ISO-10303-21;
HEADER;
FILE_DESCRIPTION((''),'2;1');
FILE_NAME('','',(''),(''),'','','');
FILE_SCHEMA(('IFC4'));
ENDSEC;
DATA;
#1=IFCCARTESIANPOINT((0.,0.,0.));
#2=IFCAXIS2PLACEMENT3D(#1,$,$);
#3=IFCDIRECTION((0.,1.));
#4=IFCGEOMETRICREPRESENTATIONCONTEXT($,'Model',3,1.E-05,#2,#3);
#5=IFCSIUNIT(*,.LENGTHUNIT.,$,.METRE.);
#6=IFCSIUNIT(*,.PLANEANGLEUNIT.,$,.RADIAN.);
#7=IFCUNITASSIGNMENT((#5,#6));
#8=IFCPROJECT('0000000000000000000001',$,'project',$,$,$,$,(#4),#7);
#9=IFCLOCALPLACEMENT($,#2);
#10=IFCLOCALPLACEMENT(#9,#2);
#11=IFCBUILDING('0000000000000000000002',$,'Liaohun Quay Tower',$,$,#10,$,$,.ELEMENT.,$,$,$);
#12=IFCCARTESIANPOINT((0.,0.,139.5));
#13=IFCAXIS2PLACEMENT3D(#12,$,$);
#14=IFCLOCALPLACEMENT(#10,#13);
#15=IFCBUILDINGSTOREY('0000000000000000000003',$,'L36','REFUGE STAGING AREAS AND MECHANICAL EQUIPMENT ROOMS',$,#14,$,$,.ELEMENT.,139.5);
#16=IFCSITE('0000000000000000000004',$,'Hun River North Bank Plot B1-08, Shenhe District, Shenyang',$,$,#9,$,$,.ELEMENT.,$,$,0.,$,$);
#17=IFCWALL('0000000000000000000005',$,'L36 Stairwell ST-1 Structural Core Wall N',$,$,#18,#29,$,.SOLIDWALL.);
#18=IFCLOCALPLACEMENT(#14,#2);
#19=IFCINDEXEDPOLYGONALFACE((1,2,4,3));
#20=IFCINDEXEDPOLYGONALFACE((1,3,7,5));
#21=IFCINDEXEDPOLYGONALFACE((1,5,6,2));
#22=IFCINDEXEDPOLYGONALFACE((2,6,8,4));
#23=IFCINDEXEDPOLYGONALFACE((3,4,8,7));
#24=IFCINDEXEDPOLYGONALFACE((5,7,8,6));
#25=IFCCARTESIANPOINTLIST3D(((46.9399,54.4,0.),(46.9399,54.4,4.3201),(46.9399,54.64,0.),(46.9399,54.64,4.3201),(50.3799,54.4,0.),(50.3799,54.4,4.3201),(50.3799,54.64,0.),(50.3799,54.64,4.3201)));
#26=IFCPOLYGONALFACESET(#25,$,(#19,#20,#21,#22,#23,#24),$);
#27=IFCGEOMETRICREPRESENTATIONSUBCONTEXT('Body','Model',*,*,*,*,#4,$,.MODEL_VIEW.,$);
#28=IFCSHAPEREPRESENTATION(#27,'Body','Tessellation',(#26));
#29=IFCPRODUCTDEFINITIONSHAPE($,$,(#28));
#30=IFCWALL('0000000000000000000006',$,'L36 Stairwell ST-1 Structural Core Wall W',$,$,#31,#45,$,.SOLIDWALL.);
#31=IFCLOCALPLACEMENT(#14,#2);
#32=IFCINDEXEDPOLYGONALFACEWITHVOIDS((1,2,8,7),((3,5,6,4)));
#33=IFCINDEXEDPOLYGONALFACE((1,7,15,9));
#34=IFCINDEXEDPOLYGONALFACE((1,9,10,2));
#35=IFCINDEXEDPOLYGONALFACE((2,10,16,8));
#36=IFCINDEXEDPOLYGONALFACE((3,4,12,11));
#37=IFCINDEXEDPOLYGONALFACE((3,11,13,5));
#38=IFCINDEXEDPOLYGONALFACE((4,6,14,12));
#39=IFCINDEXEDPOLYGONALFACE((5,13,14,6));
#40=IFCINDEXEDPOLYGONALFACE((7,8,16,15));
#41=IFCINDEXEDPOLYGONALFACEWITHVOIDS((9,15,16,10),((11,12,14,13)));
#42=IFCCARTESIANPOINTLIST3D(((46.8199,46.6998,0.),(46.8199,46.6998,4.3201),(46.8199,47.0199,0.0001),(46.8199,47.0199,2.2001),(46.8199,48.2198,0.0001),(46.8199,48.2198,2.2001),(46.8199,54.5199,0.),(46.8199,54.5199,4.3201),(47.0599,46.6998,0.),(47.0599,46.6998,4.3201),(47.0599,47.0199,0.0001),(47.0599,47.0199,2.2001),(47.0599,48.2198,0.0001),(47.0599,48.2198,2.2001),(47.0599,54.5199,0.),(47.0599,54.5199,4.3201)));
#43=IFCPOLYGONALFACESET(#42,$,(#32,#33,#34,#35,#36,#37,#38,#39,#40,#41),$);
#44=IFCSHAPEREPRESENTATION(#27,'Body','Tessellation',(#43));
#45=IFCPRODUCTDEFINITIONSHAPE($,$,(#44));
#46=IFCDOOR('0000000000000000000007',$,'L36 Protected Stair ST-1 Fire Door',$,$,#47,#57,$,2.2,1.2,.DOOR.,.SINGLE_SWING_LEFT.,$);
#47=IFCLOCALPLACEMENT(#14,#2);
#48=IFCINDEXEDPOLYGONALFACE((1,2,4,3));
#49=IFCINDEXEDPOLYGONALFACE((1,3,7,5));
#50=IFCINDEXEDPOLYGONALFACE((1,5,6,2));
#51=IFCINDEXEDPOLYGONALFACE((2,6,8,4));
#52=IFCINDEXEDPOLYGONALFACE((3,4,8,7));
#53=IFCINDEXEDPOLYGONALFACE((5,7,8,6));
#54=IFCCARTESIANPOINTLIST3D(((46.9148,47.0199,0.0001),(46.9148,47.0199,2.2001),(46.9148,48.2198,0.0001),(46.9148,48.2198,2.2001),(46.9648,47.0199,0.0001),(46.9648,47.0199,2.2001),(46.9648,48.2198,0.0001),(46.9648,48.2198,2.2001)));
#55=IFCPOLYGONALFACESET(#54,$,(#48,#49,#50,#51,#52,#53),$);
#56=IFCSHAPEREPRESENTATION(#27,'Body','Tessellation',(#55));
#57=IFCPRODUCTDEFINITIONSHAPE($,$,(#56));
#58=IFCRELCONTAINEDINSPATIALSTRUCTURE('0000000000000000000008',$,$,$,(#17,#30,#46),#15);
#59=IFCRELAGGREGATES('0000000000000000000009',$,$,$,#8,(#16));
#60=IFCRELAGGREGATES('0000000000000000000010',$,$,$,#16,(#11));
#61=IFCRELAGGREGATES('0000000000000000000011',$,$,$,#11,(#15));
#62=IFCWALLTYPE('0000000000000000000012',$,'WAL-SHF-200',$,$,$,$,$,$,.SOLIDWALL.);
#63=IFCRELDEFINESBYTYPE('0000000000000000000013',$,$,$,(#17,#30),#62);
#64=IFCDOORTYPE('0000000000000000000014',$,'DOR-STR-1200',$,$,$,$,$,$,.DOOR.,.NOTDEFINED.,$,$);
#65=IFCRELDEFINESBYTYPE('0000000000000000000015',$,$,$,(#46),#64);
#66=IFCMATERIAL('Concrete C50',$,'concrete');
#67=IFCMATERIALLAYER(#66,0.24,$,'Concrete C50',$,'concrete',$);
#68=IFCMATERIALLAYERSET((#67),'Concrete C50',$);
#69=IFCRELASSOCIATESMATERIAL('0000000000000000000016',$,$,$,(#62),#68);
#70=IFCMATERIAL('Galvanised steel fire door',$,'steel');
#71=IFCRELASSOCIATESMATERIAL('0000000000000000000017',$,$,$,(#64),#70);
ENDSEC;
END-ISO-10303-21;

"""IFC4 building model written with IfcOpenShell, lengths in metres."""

from ifc_helpers import new_model, si_unit, direction, frame, frame_2d, origin, place, context, subcontext, project, spatial, rectangle, extrude, source, transform, mapped, material, layer, layer_set, type_object, element, fill, save


model = new_model("IFC4")

# Units and contexts
model_context = context("Model", 3, precision=1e-05, world=origin(), true_north=direction((0.0, 1.0)))
body_context = subcontext(model_context, "Body", "Model", "MODEL_VIEW")
ifc_project = project(units=[si_unit("LENGTHUNIT", "METRE"), si_unit("PLANEANGLEUNIT", "RADIAN")], contexts=[model_context])

# Site, building, storey
site_placement = place(None, origin())
site = spatial("IfcSite", under=ifc_project, at=site_placement, Name="Hun River North Bank Plot B1-08, Shenhe District, Shenyang", CompositionType="ELEMENT", RefElevation=0.0)
building_placement = place(site_placement, origin())
building = spatial("IfcBuilding", under=site, at=building_placement, Name="Liaohun Quay Tower", CompositionType="ELEMENT")
storey_placement = place(building_placement, frame((0.0, 0.0, 139.5)))
storey = spatial("IfcBuildingStorey", under=building, at=storey_placement, Name="L36", Description="REFUGE STAGING AREAS AND MECHANICAL EQUIPMENT ROOMS", CompositionType="ELEMENT", Elevation=139.5)

# Wall
ifc_material_1 = material(Name="Concrete C50", Category="concrete")
ifc_layer_1 = layer(ifc_material_1, 0.24, Name="Concrete C50", Category="concrete")
ifc_layer_set_1 = layer_set([ifc_layer_1], Name="Concrete C50")
wall_type_1 = type_object("IfcWallType", Name="WAL-SHF-200", PredefinedType="SOLIDWALL", material=ifc_layer_set_1)
wall_1_placement = place(storey_placement, frame((50.3799, 54.52, 0.0), z_axis=(0.0, 0.0, 1.0), x_axis=(-1.0, 0.0, 0.0)))
element("IfcWall", 1, at=wall_1_placement, inside=storey, type_object=wall_type_1, Name="L36 Stairwell ST-1 Structural Core Wall N", PredefinedType="SOLIDWALL", context=body_context, shape_type="SweptSolid", body=[
    extrude(rectangle(XDim=3.4399, YDim=0.24, at=frame_2d((1.72, 0.0))), origin(), (0.0, 0.0, 1.0), 4.3201),
])

# Wall, opening, door
wall_2_placement = place(storey_placement, frame((46.9399, 54.52, 0.0), z_axis=(0.0, 0.0, 1.0), x_axis=(0.0, -1.0, 0.0)))
wall_2 = element("IfcWall", 2, at=wall_2_placement, inside=storey, type_object=wall_type_1, Name="L36 Stairwell ST-1 Structural Core Wall W", PredefinedType="SOLIDWALL", context=body_context, shape_type="SweptSolid", body=[
    extrude(rectangle(XDim=7.8201, YDim=0.24, at=frame_2d((3.9102, 0.0))), origin(), (0.0, 0.0, 1.0), 4.3201),
])
shared_shape_1 = source(origin(), body_context, "Body", "SweptSolid", [
    extrude(rectangle(XDim=1.2, YDim=2.2, at=frame_2d((0.6001, 1.1001))), frame((0.0, 0.1299, 0.0), z_axis=(0.0, -1.0, 0.0), x_axis=(1.0, 0.0, 0.0)), (0.0, 0.0, 1.0), 0.26),
])
opening_1_placement = place(wall_2_placement, frame((6.3, 0.0, 0.0)))
opening_1 = element("IfcOpeningElement", 3, at=opening_1_placement, cuts=wall_2, PredefinedType="OPENING", context=body_context, shape_type="MappedRepresentation", body=[
    mapped(shared_shape_1, transform((0.0, 0.0, 0.0), x_axis=(1.0, 0.0, 0.0), y_axis=(0.0, 1.0, 0.0), z_axis=(0.0, 0.0, 1.0), scale=1.0)),
])
ifc_material_2 = material(Name="Galvanised steel fire door", Category="steel")
door_type_1 = type_object("IfcDoorType", Name="DOR-STR-1200", OperationType="NOTDEFINED", PredefinedType="DOOR", material=ifc_material_2)
shared_shape_2 = source(origin(), body_context, "Body", "SweptSolid", [
    extrude(rectangle(XDim=1.2, YDim=2.2, at=frame_2d((0.6001, 1.1001))), frame((0.0, 0.0249, 0.0), z_axis=(0.0, -1.0, 0.0), x_axis=(1.0, 0.0, 0.0)), (0.0, 0.0, 1.0), 0.05),
])
door_1_placement = place(opening_1_placement, origin())
door_1 = element("IfcDoor", 4, at=door_1_placement, inside=storey, type_object=door_type_1, Name="L36 Protected Stair ST-1 Fire Door", OperationType="SINGLE_SWING_LEFT", OverallHeight=2.2, OverallWidth=1.2, PredefinedType="DOOR", context=body_context, shape_type="MappedRepresentation", body=[
    mapped(shared_shape_2, transform((0.0, 0.0, 0.0), x_axis=(1.0, 0.0, 0.0), y_axis=(0.0, 1.0, 0.0), z_axis=(0.0, 0.0, 1.0), scale=1.0)),
])
fill(opening_1, door_1)

save(model, "model.ifc")
